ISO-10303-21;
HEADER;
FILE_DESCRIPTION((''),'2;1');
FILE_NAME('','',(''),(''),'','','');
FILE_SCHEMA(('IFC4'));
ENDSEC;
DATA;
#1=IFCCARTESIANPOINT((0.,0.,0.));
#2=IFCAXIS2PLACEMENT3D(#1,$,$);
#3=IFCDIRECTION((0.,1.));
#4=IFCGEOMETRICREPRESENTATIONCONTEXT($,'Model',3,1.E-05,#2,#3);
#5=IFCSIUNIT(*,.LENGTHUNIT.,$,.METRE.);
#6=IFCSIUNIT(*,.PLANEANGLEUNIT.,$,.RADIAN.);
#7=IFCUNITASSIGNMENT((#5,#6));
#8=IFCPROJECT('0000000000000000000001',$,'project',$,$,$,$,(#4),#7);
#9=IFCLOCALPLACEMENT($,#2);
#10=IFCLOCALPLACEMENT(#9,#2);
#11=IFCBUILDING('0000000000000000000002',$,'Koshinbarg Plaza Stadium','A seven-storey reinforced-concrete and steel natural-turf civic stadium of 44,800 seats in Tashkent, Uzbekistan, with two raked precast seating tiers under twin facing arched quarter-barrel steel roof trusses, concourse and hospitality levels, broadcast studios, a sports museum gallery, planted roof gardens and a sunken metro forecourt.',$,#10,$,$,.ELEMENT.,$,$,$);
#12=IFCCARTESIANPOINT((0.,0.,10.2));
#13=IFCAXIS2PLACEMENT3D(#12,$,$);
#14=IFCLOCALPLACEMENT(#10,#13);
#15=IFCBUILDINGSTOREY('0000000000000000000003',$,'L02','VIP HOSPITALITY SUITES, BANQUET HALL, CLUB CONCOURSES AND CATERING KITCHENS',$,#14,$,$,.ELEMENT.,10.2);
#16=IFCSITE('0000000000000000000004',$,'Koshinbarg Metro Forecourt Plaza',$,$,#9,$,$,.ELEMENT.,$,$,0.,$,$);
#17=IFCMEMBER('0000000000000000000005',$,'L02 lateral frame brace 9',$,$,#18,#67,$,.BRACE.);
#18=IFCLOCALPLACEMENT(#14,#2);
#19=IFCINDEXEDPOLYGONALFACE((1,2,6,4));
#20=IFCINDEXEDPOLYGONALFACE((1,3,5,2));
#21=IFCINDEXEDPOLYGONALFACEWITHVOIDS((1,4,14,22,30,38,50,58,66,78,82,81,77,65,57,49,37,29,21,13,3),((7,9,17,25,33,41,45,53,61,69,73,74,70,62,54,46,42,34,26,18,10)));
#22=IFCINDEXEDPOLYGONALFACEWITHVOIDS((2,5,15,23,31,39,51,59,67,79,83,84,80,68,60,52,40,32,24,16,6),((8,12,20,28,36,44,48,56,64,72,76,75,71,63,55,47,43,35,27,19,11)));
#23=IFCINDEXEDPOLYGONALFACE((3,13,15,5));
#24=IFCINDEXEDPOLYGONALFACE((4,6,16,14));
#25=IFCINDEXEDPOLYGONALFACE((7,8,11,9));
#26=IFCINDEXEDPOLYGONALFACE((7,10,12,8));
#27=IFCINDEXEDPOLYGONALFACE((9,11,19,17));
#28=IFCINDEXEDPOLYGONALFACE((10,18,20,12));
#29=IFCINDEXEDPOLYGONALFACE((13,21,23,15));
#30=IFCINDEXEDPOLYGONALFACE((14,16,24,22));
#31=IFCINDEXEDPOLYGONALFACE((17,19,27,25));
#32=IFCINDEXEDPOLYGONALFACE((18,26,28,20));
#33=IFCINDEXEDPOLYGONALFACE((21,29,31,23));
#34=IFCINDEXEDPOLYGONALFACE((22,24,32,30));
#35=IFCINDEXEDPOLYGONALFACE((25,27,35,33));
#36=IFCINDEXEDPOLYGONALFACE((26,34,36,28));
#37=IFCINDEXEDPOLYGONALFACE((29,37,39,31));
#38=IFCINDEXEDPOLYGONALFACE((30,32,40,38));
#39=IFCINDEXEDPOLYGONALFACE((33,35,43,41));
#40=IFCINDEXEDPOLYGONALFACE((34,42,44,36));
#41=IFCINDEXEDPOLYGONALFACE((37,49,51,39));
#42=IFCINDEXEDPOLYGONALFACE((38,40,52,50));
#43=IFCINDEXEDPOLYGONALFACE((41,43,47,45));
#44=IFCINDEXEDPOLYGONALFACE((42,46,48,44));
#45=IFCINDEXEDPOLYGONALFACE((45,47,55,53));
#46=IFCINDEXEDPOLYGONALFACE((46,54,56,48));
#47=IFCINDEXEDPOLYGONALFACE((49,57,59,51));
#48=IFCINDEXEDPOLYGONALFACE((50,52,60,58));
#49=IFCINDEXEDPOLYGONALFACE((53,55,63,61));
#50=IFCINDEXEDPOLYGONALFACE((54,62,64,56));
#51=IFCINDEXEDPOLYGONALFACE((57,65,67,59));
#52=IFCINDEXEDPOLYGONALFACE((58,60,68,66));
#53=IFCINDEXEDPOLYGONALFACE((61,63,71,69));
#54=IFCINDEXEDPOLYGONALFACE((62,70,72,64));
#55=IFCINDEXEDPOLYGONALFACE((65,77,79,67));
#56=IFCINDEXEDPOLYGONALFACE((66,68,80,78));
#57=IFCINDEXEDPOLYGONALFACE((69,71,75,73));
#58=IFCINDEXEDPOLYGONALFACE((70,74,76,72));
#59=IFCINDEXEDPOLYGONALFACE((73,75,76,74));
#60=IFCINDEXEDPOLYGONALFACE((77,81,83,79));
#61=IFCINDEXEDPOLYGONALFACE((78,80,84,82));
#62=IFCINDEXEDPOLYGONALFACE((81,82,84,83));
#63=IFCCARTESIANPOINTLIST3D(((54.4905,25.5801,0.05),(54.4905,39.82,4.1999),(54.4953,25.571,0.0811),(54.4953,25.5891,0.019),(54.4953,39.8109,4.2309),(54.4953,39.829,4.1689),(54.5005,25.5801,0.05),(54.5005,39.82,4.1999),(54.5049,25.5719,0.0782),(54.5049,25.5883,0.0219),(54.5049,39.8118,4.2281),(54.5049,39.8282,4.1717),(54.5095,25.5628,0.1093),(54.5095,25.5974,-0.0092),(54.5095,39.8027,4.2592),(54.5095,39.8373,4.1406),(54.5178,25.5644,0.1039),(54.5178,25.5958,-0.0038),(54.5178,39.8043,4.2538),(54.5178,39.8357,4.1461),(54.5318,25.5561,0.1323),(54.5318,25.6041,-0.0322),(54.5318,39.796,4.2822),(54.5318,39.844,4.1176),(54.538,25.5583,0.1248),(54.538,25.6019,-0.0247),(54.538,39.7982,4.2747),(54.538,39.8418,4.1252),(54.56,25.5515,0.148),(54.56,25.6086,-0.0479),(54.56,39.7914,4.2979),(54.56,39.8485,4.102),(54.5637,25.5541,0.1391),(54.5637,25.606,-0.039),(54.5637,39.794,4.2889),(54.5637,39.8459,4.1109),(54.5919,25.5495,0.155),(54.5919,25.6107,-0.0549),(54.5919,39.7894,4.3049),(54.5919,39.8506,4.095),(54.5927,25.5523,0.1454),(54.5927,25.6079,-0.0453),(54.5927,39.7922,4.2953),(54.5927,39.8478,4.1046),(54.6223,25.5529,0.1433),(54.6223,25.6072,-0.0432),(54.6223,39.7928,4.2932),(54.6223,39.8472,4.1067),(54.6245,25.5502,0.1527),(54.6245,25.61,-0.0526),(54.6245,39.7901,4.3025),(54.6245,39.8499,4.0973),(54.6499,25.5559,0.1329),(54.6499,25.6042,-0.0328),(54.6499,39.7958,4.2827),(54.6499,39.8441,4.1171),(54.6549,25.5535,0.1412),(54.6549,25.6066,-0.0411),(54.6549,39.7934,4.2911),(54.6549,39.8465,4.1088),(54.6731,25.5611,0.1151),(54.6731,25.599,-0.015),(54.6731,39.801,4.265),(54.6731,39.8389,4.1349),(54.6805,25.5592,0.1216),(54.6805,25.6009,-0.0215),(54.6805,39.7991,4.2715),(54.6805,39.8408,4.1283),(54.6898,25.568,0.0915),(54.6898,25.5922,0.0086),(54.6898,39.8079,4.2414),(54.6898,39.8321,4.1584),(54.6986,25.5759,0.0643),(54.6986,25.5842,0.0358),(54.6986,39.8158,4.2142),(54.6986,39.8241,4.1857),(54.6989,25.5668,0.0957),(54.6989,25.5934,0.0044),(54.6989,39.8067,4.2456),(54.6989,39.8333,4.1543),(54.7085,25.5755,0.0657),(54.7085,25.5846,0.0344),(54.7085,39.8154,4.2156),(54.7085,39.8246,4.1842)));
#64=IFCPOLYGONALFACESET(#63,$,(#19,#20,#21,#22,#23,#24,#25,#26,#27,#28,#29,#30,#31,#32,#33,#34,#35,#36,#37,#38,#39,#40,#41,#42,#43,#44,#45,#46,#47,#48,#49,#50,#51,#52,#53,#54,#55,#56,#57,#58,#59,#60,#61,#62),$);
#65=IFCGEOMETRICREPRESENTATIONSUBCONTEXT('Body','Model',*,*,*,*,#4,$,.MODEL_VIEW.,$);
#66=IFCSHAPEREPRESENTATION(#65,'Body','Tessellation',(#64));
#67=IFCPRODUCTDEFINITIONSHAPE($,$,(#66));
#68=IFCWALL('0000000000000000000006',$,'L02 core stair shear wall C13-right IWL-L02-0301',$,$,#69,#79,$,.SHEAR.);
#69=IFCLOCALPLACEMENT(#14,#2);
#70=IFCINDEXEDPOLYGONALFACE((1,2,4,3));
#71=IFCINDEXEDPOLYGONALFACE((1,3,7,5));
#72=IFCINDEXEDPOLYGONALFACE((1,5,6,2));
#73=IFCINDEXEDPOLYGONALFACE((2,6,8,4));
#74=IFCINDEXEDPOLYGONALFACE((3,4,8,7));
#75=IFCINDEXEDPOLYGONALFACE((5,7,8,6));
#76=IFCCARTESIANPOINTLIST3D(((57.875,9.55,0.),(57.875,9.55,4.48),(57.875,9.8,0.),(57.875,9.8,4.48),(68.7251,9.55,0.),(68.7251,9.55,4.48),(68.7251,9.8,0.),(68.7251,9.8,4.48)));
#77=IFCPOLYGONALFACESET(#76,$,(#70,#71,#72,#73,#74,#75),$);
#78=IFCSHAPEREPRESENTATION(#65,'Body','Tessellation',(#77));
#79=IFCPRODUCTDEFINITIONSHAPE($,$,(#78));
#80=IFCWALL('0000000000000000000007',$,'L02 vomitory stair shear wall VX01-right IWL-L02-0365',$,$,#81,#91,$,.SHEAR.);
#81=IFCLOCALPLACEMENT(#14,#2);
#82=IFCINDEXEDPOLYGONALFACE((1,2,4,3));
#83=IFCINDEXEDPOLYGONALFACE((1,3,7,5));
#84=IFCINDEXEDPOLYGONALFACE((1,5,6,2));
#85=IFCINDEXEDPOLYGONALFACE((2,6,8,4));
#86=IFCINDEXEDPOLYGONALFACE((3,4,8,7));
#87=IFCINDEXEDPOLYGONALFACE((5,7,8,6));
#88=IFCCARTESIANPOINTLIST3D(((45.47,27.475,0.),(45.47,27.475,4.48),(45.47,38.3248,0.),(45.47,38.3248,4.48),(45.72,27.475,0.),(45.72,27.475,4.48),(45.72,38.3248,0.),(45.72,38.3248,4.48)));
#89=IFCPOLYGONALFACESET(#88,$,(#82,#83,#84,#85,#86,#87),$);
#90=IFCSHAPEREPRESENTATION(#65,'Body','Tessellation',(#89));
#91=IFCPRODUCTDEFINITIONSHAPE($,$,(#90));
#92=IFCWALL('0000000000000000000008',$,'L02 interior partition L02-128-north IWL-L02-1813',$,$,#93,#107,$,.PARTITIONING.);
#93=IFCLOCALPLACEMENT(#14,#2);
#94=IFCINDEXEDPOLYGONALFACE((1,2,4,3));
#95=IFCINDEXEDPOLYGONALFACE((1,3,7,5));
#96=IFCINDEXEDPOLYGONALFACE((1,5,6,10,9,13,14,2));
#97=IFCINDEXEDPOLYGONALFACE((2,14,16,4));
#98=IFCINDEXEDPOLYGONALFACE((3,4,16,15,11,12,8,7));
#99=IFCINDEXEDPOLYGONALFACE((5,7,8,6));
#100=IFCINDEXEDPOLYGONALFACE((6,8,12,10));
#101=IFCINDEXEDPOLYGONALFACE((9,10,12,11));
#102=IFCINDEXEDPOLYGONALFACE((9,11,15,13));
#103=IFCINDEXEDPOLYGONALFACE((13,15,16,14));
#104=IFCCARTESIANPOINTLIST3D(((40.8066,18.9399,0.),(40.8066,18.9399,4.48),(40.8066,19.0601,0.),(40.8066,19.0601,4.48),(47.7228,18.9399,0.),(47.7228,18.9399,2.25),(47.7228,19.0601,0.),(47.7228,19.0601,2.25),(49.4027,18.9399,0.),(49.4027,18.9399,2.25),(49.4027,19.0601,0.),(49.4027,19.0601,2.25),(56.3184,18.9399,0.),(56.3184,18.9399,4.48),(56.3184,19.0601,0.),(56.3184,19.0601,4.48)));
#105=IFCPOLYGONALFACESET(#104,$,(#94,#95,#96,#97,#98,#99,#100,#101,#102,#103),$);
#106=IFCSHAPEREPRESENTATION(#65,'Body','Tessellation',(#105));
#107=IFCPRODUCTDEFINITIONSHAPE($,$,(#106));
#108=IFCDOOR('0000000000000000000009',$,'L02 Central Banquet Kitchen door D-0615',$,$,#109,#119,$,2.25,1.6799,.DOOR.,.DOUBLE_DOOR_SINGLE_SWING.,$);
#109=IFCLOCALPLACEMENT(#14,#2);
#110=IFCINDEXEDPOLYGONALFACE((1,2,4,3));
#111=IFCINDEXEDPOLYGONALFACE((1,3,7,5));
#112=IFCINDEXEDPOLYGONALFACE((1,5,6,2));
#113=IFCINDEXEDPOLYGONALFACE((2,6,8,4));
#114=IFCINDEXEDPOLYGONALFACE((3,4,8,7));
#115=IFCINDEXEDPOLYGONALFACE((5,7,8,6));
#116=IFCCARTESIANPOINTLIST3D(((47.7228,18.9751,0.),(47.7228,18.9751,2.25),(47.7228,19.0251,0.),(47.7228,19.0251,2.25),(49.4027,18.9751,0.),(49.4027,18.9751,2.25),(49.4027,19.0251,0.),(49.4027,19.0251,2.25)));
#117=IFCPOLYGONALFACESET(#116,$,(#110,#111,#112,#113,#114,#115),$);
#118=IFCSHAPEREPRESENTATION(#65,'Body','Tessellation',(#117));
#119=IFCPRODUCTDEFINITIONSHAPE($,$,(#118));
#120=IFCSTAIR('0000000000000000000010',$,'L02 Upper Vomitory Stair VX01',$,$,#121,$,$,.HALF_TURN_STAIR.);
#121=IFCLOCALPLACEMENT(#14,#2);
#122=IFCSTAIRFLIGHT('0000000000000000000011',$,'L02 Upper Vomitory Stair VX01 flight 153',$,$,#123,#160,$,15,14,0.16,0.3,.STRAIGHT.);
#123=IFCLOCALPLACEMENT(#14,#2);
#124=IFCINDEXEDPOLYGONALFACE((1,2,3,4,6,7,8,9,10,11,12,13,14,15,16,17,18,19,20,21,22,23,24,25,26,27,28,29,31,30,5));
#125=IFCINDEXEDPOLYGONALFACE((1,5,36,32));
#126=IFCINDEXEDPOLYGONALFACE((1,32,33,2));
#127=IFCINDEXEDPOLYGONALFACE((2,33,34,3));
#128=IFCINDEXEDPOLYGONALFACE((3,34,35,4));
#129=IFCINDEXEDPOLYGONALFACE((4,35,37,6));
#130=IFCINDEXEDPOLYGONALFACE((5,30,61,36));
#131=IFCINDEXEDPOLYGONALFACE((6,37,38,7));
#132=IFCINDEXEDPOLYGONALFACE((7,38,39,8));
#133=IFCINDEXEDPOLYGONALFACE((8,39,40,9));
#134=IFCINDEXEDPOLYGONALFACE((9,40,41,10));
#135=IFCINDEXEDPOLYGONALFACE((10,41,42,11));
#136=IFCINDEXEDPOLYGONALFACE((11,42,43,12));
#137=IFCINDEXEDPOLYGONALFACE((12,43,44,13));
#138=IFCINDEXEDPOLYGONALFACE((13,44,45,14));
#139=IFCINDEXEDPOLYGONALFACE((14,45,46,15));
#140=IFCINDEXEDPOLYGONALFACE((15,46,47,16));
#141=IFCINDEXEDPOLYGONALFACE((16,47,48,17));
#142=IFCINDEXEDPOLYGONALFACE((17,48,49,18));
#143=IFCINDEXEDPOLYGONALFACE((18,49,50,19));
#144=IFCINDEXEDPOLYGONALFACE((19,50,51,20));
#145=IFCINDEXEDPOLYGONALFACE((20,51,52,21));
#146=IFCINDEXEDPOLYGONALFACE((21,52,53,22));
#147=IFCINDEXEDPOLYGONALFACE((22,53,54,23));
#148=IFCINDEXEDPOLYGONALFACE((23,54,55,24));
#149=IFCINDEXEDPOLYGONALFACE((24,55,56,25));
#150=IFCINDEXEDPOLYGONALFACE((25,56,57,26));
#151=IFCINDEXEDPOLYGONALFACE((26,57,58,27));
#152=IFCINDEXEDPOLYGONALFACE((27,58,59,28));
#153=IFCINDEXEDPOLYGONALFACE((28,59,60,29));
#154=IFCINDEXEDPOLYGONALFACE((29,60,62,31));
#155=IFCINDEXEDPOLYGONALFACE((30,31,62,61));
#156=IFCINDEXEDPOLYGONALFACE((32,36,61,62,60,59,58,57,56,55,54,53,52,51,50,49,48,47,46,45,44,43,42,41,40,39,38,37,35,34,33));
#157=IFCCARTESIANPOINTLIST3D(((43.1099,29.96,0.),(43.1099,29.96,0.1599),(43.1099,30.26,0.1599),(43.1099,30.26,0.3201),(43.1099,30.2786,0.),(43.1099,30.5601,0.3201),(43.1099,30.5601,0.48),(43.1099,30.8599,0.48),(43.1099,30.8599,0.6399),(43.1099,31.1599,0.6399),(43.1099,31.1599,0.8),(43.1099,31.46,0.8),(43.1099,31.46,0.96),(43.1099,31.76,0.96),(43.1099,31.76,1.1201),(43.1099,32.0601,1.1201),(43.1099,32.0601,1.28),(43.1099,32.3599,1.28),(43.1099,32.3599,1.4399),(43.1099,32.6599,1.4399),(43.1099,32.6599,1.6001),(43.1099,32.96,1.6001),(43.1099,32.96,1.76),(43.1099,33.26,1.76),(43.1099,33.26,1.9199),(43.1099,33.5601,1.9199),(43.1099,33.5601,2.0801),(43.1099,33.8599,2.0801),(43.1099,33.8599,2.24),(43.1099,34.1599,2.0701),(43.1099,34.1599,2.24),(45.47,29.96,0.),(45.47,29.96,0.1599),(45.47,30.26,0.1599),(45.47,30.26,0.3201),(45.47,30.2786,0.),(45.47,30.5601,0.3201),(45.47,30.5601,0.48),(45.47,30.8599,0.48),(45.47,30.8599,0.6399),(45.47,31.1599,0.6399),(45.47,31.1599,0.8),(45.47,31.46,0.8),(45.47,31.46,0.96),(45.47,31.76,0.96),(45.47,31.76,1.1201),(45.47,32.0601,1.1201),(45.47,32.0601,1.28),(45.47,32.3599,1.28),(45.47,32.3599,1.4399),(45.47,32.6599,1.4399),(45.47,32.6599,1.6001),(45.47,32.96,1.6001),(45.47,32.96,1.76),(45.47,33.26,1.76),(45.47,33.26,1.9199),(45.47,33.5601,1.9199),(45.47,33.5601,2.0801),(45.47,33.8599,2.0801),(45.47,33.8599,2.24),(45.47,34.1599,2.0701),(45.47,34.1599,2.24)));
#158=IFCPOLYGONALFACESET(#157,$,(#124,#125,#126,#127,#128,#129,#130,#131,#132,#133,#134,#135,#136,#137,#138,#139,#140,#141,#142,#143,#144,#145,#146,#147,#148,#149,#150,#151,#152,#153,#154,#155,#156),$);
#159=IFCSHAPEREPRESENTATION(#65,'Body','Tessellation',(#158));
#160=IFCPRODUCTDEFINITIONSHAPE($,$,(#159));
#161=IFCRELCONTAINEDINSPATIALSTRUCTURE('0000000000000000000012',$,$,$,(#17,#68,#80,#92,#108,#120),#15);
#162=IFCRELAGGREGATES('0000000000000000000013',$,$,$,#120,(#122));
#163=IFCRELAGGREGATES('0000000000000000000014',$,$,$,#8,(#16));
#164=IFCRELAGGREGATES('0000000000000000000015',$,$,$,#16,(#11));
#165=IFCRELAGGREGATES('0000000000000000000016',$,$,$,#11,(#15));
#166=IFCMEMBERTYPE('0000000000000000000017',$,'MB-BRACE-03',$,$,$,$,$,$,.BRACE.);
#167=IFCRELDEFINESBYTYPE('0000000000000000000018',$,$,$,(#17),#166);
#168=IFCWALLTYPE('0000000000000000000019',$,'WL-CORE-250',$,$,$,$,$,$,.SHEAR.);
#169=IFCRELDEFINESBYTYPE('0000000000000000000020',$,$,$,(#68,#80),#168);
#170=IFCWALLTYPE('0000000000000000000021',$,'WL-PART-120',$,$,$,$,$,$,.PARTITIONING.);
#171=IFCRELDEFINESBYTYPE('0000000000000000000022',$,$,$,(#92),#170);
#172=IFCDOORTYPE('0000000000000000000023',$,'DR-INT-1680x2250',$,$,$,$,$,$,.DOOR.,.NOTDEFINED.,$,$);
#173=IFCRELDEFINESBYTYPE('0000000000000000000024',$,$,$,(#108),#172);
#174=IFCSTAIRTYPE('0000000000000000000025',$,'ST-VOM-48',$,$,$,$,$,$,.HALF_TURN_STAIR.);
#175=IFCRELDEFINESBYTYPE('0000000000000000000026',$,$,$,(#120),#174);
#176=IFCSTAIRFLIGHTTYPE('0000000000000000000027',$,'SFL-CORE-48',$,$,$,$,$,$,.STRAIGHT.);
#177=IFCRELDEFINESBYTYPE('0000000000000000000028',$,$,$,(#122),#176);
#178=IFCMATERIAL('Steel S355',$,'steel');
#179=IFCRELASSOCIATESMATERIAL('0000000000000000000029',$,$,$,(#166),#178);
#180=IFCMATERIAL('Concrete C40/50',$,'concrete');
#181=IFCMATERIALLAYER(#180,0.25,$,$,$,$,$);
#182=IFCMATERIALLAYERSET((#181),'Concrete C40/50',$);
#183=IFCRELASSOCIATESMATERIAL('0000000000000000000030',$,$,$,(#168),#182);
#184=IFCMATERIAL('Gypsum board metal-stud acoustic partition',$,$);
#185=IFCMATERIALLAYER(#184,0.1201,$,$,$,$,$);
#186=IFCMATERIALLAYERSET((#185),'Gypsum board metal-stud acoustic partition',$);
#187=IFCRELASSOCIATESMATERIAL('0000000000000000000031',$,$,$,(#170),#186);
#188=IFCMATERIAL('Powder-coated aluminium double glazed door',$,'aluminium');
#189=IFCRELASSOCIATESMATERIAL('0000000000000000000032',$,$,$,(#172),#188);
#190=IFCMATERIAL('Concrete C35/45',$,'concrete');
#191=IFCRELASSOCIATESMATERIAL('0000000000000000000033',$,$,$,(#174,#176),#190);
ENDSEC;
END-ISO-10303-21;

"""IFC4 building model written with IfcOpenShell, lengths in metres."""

from ifc_helpers import new_model, si_unit, direction, frame, frame_2d, origin, origin_2d, place, context, subcontext, project, spatial, polyline, rectangle, hollow_circle, outline, extrude, material, layer, layer_set, material_profile, profile_set, type_object, element, fill, aggregate, save


model = new_model("IFC4")

# Units and contexts
model_context = context("Model", 3, precision=1e-05, world=origin(), true_north=direction((0.0, 1.0)))
body_context = subcontext(model_context, "Body", "Model", "MODEL_VIEW")
ifc_project = project(units=[si_unit("LENGTHUNIT", "METRE"), si_unit("PLANEANGLEUNIT", "RADIAN")], contexts=[model_context])

# Site, building, storey
site_placement = place(None, origin())
site = spatial("IfcSite", under=ifc_project, at=site_placement, Name="Koshinbarg Metro Forecourt Plaza", CompositionType="ELEMENT", RefElevation=0.0)
building_placement = place(site_placement, origin())
building = spatial("IfcBuilding", under=site, at=building_placement, Name="Koshinbarg Plaza Stadium", Description="A seven-storey reinforced-concrete and steel natural-turf civic stadium of 44,800 seats in Tashkent, Uzbekistan, with two raked precast seating tiers under twin facing arched quarter-barrel steel roof trusses, concourse and hospitality levels, broadcast studios, a sports museum gallery, planted roof gardens and a sunken metro forecourt.", CompositionType="ELEMENT")
storey_placement = place(building_placement, frame((0.0, 0.0, 10.2)))
storey = spatial("IfcBuildingStorey", under=building, at=storey_placement, Name="L02", Description="VIP HOSPITALITY SUITES, BANQUET HALL, CLUB CONCOURSES AND CATERING KITCHENS", CompositionType="ELEMENT", Elevation=10.2)

# Shared definitions
ifc_material_1 = material(Name="Concrete C40/50", Category="concrete")

# Shared definitions
ifc_material_2 = material(Name="Steel S355", Category="steel")

# Member
ifc_material_profile_1 = material_profile(ifc_material_2, hollow_circle(Radius=0.1096, WallThickness=0.01, at=origin_2d()), Name="CHS 219.1x10")
ifc_profile_set_1 = profile_set([ifc_material_profile_1], Name="Steel S355")
member_type = type_object("IfcMemberType", Name="MB-BRACE-03", PredefinedType="BRACE", material=ifc_profile_set_1)
member_placement = place(storey_placement, frame((54.6001, 25.5801, 0.05), z_axis=(0.0, 0.960062, 0.279787), x_axis=(-1.0, 0.0, 0.0)))
element("IfcMember", 1, at=member_placement, inside=storey, type_object=member_type, Name="L02 lateral frame brace 9", PredefinedType="BRACE", context=body_context, shape_type="SweptSolid", body=[
    extrude(hollow_circle(Radius=0.1096, WallThickness=0.01, at=origin_2d()), origin(), (0.0, 0.0, 1.0), 14.8323),
])

# Walls
ifc_layer_1 = layer(ifc_material_1, 0.25)
ifc_layer_set_1 = layer_set([ifc_layer_1], Name="Concrete C40/50")
wall_type_1 = type_object("IfcWallType", Name="WL-CORE-250", PredefinedType="SHEAR", material=ifc_layer_set_1)
wall_1_placement = place(storey_placement, frame((57.875, 9.675, 0.0), z_axis=(0.0, 0.0, 1.0), x_axis=(1.0, 0.0, 0.0)))
element("IfcWall", 2, at=wall_1_placement, inside=storey, type_object=wall_type_1, Name="L02 core stair shear wall C13-right IWL-L02-0301", PredefinedType="SHEAR", context=body_context, shape_type="SweptSolid", body=[
    extrude(rectangle(XDim=10.8501, YDim=0.25, at=frame_2d((5.425, 0.0))), origin(), (0.0, 0.0, 1.0), 4.48),
])
wall_2_placement = place(storey_placement, frame((45.595, 27.4751, 0.0), z_axis=(0.0, 0.0, 1.0), x_axis=(0.0, 1.0, 0.0)))
element("IfcWall", 3, at=wall_2_placement, inside=storey, type_object=wall_type_1, Name="L02 vomitory stair shear wall VX01-right IWL-L02-0365", PredefinedType="SHEAR", context=body_context, shape_type="SweptSolid", body=[
    extrude(rectangle(XDim=10.8499, YDim=0.25, at=frame_2d((5.4248, 0.0))), origin(), (0.0, 0.0, 1.0), 4.48),
])

# Wall, opening, door
ifc_material_3 = material(Name="Gypsum board metal-stud acoustic partition")
ifc_layer_2 = layer(ifc_material_3, 0.1201)
ifc_layer_set_2 = layer_set([ifc_layer_2], Name="Gypsum board metal-stud acoustic partition")
wall_type_2 = type_object("IfcWallType", Name="WL-PART-120", PredefinedType="PARTITIONING", material=ifc_layer_set_2)
wall_3_placement = place(storey_placement, frame((56.3184, 19.0, 0.0), z_axis=(0.0, 0.0, 1.0), x_axis=(-1.0, 0.0, 0.0)))
wall_3 = element("IfcWall", 4, at=wall_3_placement, inside=storey, type_object=wall_type_2, Name="L02 interior partition L02-128-north IWL-L02-1813", PredefinedType="PARTITIONING", context=body_context, shape_type="SweptSolid", body=[
    extrude(rectangle(XDim=15.5117, YDim=0.1201, at=frame_2d((7.7559, 0.0))), origin(), (0.0, 0.0, 1.0), 4.48),
])
opening_placement = place(wall_3_placement, frame((6.9158, 0.0, 0.0)))
opening = element("IfcOpeningElement", 5, at=opening_placement, cuts=wall_3, PredefinedType="OPENING", context=body_context, shape_type="SweptSolid", body=[
    extrude(rectangle(XDim=1.6799, YDim=2.25, at=frame_2d((0.8398, 1.125))), frame((0.0, 0.0701, 0.0), z_axis=(0.0, -1.0, 0.0), x_axis=(1.0, 0.0, 0.0)), (0.0, 0.0, 1.0), 0.1401),
])
ifc_material_4 = material(Name="Powder-coated aluminium double glazed door", Category="aluminium")
door_type = type_object("IfcDoorType", Name="DR-INT-1680x2250", OperationType="NOTDEFINED", PredefinedType="DOOR", material=ifc_material_4)
door_placement = place(opening_placement, origin())
door = element("IfcDoor", 6, at=door_placement, inside=storey, type_object=door_type, Name="L02 Central Banquet Kitchen door D-0615", OperationType="DOUBLE_DOOR_SINGLE_SWING", OverallHeight=2.25, OverallWidth=1.6799, PredefinedType="DOOR", context=body_context, shape_type="SweptSolid", body=[
    extrude(rectangle(XDim=1.6799, YDim=2.25, at=frame_2d((0.8398, 1.125))), frame((0.0, 0.0249, 0.0), z_axis=(0.0, -1.0, 0.0), x_axis=(1.0, 0.0, 0.0)), (0.0, 0.0, 1.0), 0.05),
])
fill(opening, door)

# Stair, stair flight
ifc_material_5 = material(Name="Concrete C35/45", Category="concrete")
stair_type = type_object("IfcStairType", Name="ST-VOM-48", PredefinedType="HALF_TURN_STAIR", material=ifc_material_5)
stair_placement = place(storey_placement, origin())
stair = element("IfcStair", 7, at=stair_placement, inside=storey, type_object=stair_type, Name="L02 Upper Vomitory Stair VX01", PredefinedType="HALF_TURN_STAIR")
stair_flight_type = type_object("IfcStairFlightType", Name="SFL-CORE-48", PredefinedType="STRAIGHT", material=ifc_material_5)
stair_flight_placement = place(storey_placement, frame((44.29, 29.96, 0.0), z_axis=(0.0, 0.0, 1.0), x_axis=(0.0, 1.0, 0.0)))
stair_flight = element("IfcStairFlight", 8, at=stair_flight_placement, type_object=stair_flight_type, Name="L02 Upper Vomitory Stair VX01 flight 153", NumberOfRisers=15, NumberOfTreads=14, PredefinedType="STRAIGHT", RiserHeight=0.16, TreadLength=0.3, context=body_context, shape_type="SweptSolid", body=[
    extrude(outline(polyline([(0.0, 0.0), (0.0, 0.1599), (0.3, 0.1599), (0.3, 0.3201), (0.6001, 0.3201), (0.6001, 0.48), (0.8999, 0.48), (0.8999, 0.6399), (1.2, 0.6399), (1.2, 0.8), (1.5, 0.8), (1.5, 0.96), (1.8, 0.96), (1.8, 1.1201), (2.1001, 1.1201), (2.1001, 1.28), (2.3999, 1.28), (2.3999, 1.4399), (2.7, 1.4399), (2.7, 1.6001), (3.0, 1.6001), (3.0, 1.76), (3.3, 1.76), (3.3, 1.9199), (3.6001, 1.9199), (3.6001, 2.0801), (3.8999, 2.0801), (3.8999, 2.24), (4.2, 2.24), (4.2, 2.3999), (4.2, 2.0701), (0.3186, 0.0), (0.0, 0.0)])), frame((0.0, 1.1802, 0.0), z_axis=(0.0, -1.0, 0.0), x_axis=(1.0, 0.0, 0.0)), (0.0, 0.0, 1.0), 2.3601),
])
aggregate(stair, [stair_flight])

save(model, "model.ifc")
